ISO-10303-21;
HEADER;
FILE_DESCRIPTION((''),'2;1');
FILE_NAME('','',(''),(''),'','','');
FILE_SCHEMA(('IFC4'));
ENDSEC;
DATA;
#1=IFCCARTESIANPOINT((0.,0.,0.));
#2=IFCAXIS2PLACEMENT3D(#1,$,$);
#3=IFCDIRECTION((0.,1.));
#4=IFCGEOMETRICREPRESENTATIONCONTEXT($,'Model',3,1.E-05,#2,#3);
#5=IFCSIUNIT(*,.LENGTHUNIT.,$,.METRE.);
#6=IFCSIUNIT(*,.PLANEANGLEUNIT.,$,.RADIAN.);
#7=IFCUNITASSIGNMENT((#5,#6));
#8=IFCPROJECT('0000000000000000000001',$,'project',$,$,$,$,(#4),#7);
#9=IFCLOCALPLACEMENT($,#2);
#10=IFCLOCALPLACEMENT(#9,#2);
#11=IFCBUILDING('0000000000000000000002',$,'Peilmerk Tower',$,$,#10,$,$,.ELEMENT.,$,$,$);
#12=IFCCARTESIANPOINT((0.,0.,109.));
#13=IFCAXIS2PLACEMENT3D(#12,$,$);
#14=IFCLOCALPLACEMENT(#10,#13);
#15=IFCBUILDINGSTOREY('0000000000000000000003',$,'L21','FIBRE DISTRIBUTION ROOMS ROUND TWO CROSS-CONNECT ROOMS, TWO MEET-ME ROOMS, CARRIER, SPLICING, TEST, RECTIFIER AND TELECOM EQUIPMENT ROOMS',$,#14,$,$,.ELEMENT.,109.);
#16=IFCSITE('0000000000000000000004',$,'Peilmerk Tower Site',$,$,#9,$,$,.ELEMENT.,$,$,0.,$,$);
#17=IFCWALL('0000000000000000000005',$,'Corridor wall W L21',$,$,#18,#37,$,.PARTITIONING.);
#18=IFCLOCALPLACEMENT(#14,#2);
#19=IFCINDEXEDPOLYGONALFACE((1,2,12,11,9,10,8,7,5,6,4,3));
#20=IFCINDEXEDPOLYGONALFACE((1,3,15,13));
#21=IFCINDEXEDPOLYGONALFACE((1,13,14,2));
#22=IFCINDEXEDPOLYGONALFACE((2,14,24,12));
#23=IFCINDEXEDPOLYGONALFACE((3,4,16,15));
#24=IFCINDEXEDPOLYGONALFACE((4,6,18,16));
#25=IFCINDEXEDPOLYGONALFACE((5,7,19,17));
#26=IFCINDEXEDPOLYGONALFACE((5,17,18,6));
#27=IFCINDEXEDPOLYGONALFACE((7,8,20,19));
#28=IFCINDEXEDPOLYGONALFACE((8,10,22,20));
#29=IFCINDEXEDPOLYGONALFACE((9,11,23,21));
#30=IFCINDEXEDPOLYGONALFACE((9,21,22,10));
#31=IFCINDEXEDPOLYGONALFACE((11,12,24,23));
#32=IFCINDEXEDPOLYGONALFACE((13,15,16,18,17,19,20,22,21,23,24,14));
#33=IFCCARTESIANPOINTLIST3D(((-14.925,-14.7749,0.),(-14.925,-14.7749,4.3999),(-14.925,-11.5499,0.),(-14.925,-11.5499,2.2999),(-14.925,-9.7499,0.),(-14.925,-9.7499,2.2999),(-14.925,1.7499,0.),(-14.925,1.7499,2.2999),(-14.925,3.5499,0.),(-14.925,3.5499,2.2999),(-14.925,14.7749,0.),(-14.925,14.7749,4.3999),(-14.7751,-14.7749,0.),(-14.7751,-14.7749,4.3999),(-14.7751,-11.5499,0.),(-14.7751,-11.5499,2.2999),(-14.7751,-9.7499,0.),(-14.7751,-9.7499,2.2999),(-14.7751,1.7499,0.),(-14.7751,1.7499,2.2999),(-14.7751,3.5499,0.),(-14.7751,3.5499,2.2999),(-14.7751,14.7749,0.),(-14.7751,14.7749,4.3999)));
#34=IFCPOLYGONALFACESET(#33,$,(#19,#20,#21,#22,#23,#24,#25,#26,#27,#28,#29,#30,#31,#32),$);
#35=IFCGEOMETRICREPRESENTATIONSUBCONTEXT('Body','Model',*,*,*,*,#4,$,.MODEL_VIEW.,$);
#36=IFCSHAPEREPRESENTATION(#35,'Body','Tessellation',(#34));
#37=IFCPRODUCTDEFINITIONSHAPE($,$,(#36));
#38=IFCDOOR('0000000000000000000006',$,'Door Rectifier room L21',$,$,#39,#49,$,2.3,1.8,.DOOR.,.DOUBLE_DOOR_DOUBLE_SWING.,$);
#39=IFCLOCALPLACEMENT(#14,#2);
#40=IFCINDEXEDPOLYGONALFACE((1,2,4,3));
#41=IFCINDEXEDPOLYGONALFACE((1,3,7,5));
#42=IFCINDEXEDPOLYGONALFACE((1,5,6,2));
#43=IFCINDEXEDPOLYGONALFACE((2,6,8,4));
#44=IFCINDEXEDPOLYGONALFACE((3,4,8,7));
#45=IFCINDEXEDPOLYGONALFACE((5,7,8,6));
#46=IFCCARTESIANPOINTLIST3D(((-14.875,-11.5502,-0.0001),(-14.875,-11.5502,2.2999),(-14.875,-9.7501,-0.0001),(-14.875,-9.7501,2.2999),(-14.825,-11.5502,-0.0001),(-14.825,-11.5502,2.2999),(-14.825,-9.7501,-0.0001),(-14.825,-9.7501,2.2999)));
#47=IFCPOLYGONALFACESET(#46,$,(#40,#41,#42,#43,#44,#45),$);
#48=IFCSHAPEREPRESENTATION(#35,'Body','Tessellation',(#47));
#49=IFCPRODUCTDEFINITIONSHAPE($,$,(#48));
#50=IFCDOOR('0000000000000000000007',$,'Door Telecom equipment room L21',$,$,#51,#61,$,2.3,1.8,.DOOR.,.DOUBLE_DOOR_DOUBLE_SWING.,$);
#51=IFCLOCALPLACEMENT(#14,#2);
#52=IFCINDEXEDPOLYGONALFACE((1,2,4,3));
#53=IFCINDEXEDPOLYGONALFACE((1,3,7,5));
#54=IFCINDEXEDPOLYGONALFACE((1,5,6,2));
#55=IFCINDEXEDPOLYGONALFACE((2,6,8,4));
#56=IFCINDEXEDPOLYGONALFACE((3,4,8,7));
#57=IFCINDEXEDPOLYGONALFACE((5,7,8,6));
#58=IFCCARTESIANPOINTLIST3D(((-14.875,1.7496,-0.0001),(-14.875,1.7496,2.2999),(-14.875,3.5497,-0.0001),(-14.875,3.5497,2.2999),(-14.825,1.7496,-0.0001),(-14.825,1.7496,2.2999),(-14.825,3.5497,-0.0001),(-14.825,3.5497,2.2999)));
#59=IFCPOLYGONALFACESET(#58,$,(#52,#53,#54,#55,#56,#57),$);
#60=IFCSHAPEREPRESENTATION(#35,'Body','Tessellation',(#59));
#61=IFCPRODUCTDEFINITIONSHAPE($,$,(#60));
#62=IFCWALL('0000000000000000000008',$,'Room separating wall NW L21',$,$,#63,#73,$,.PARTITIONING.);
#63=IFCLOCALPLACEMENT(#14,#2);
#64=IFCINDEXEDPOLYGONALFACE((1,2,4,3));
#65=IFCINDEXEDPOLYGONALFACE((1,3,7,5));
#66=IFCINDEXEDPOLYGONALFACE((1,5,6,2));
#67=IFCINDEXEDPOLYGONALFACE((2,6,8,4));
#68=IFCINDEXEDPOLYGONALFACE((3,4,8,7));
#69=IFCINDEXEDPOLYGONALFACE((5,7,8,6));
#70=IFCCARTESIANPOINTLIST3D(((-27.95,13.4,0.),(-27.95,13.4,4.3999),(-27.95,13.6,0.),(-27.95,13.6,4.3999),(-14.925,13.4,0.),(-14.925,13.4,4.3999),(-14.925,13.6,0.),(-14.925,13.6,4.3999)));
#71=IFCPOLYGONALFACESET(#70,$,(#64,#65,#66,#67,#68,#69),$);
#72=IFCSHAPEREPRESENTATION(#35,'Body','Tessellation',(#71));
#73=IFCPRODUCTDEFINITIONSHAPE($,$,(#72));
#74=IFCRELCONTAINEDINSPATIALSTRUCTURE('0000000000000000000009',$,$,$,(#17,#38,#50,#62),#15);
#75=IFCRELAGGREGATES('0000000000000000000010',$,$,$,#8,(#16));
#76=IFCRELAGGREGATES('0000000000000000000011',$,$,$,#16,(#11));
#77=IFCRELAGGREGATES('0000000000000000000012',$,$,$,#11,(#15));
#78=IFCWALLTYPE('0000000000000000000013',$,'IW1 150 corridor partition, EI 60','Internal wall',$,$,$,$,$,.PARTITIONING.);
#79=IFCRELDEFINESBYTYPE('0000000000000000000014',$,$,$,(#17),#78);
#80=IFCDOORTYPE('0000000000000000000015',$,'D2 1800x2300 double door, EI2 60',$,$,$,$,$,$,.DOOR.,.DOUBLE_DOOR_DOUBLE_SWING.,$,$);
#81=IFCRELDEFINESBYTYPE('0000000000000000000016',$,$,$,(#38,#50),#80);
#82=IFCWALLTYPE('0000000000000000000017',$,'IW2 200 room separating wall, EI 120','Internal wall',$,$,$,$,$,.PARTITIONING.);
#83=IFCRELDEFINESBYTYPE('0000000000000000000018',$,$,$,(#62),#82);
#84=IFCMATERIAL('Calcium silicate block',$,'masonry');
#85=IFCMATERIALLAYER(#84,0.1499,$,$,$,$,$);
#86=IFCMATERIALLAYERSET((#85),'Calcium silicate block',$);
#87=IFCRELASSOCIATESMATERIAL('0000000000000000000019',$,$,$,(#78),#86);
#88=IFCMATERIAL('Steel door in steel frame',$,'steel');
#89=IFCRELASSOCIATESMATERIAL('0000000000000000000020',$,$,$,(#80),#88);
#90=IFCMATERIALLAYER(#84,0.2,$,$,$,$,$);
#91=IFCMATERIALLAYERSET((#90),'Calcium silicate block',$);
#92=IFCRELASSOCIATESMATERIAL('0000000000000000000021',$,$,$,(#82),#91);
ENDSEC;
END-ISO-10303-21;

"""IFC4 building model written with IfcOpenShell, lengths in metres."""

from ifc_helpers import new_model, si_unit, direction, frame, frame_2d, origin, place, context, subcontext, project, spatial, rectangle, extrude, material, layer, layer_set, type_object, element, fill, save


model = new_model("IFC4")

# Units and contexts
model_context = context("Model", 3, precision=1e-05, world=origin(), true_north=direction((0.0, 1.0)))
body_context = subcontext(model_context, "Body", "Model", "MODEL_VIEW")
ifc_project = project(units=[si_unit("LENGTHUNIT", "METRE"), si_unit("PLANEANGLEUNIT", "RADIAN")], contexts=[model_context])

# Site, building, storey
site_placement = place(None, origin())
site = spatial("IfcSite", under=ifc_project, at=site_placement, Name="Peilmerk Tower Site", CompositionType="ELEMENT", RefElevation=0.0)
building_placement = place(site_placement, origin())
building = spatial("IfcBuilding", under=site, at=building_placement, Name="Peilmerk Tower", CompositionType="ELEMENT")
storey_placement = place(building_placement, frame((0.0, 0.0, 109.0)))
storey = spatial("IfcBuildingStorey", under=building, at=storey_placement, Name="L21", Description="FIBRE DISTRIBUTION ROOMS ROUND TWO CROSS-CONNECT ROOMS, TWO MEET-ME ROOMS, CARRIER, SPLICING, TEST, RECTIFIER AND TELECOM EQUIPMENT ROOMS", CompositionType="ELEMENT", Elevation=109.0)

# Wall, openings, doors
ifc_material_1 = material(Name="Calcium silicate block", Category="masonry")
ifc_layer_1 = layer(ifc_material_1, 0.1499)
ifc_layer_set_1 = layer_set([ifc_layer_1], Name="Calcium silicate block")
wall_type_1 = type_object("IfcWallType", Name="IW1 150 corridor partition, EI 60", Description="Internal wall", PredefinedType="PARTITIONING", material=ifc_layer_set_1)
ifc_material_2 = material(Name="Steel door in steel frame", Category="steel")
door_type = type_object("IfcDoorType", Name="D2 1800x2300 double door, EI2 60", OperationType="DOUBLE_DOOR_DOUBLE_SWING", PredefinedType="DOOR", material=ifc_material_2)
wall_1_placement = place(storey_placement, frame((-14.8501, 14.7749, 0.0), z_axis=(0.0, 0.0, 1.0), x_axis=(0.0, -1.0, 0.0)))
wall_1 = element("IfcWall", 1, at=wall_1_placement, inside=storey, type_object=wall_type_1, Name="Corridor wall W L21", PredefinedType="PARTITIONING", context=body_context, shape_type="SweptSolid", body=[
    extrude(rectangle(XDim=29.5498, YDim=0.1499, at=frame_2d((14.7749, 0.0))), origin(), (0.0, 0.0, 1.0), 4.3999),
])
opening_1_placement = place(wall_1_placement, frame((24.5249, 0.0, 0.0)))
opening_1 = element("IfcOpeningElement", 2, at=opening_1_placement, cuts=wall_1, PredefinedType="OPENING", context=body_context, shape_type="SweptSolid", body=[
    extrude(rectangle(XDim=1.8, YDim=2.3, at=frame_2d((0.8999, 1.1499))), frame((0.0, 0.085, 0.0), z_axis=(0.0, -1.0, 0.0), x_axis=(1.0, 0.0, 0.0)), (0.0, 0.0, 1.0), 0.1699),
])
opening_2_placement = place(wall_1_placement, frame((11.2251, 0.0, 0.0)))
opening_2 = element("IfcOpeningElement", 3, at=opening_2_placement, cuts=wall_1, PredefinedType="OPENING", context=body_context, shape_type="SweptSolid", body=[
    extrude(rectangle(XDim=1.8, YDim=2.3, at=frame_2d((0.8999, 1.1499))), frame((0.0, 0.085, 0.0), z_axis=(0.0, -1.0, 0.0), x_axis=(1.0, 0.0, 0.0)), (0.0, 0.0, 1.0), 0.1699),
])
door_1_placement = place(opening_1_placement, frame((1.8, 0.0, 0.0), z_axis=(0.0, 0.0, 1.0), x_axis=(-1.0, 0.0, 0.0)))
door_1 = element("IfcDoor", 4, at=door_1_placement, inside=storey, type_object=door_type, Name="Door Rectifier room L21", OperationType="DOUBLE_DOOR_DOUBLE_SWING", OverallHeight=2.3, OverallWidth=1.8, PredefinedType="DOOR", context=body_context, shape_type="SweptSolid", body=[
    extrude(rectangle(XDim=1.8, YDim=2.3, at=frame_2d((0.8999, 1.1499))), frame((0.0, 0.0249, 0.0), z_axis=(0.0, -1.0, 0.0), x_axis=(1.0, 0.0, 0.0)), (0.0, 0.0, 1.0), 0.05),
])
fill(opening_1, door_1)
door_2_placement = place(opening_2_placement, frame((1.8, 0.0, 0.0), z_axis=(0.0, 0.0, 1.0), x_axis=(-1.0, 0.0, 0.0)))
door_2 = element("IfcDoor", 5, at=door_2_placement, inside=storey, type_object=door_type, Name="Door Telecom equipment room L21", OperationType="DOUBLE_DOOR_DOUBLE_SWING", OverallHeight=2.3, OverallWidth=1.8, PredefinedType="DOOR", context=body_context, shape_type="SweptSolid", body=[
    extrude(rectangle(XDim=1.8, YDim=2.3, at=frame_2d((0.8999, 1.1499))), frame((0.0, 0.0249, 0.0), z_axis=(0.0, -1.0, 0.0), x_axis=(1.0, 0.0, 0.0)), (0.0, 0.0, 1.0), 0.05),
])
fill(opening_2, door_2)

# Wall
ifc_layer_2 = layer(ifc_material_1, 0.2)
ifc_layer_set_2 = layer_set([ifc_layer_2], Name="Calcium silicate block")
wall_type_2 = type_object("IfcWallType", Name="IW2 200 room separating wall, EI 120", Description="Internal wall", PredefinedType="PARTITIONING", material=ifc_layer_set_2)
wall_2_placement = place(storey_placement, frame((-27.95, 13.5, 0.0), z_axis=(0.0, 0.0, 1.0), x_axis=(1.0, 0.0, 0.0)))
element("IfcWall", 6, at=wall_2_placement, inside=storey, type_object=wall_type_2, Name="Room separating wall NW L21", PredefinedType="PARTITIONING", context=body_context, shape_type="SweptSolid", body=[
    extrude(rectangle(XDim=13.0249, YDim=0.2, at=frame_2d((6.5125, 0.0))), origin(), (0.0, 0.0, 1.0), 4.3999),
])

save(model, "model.ifc")
